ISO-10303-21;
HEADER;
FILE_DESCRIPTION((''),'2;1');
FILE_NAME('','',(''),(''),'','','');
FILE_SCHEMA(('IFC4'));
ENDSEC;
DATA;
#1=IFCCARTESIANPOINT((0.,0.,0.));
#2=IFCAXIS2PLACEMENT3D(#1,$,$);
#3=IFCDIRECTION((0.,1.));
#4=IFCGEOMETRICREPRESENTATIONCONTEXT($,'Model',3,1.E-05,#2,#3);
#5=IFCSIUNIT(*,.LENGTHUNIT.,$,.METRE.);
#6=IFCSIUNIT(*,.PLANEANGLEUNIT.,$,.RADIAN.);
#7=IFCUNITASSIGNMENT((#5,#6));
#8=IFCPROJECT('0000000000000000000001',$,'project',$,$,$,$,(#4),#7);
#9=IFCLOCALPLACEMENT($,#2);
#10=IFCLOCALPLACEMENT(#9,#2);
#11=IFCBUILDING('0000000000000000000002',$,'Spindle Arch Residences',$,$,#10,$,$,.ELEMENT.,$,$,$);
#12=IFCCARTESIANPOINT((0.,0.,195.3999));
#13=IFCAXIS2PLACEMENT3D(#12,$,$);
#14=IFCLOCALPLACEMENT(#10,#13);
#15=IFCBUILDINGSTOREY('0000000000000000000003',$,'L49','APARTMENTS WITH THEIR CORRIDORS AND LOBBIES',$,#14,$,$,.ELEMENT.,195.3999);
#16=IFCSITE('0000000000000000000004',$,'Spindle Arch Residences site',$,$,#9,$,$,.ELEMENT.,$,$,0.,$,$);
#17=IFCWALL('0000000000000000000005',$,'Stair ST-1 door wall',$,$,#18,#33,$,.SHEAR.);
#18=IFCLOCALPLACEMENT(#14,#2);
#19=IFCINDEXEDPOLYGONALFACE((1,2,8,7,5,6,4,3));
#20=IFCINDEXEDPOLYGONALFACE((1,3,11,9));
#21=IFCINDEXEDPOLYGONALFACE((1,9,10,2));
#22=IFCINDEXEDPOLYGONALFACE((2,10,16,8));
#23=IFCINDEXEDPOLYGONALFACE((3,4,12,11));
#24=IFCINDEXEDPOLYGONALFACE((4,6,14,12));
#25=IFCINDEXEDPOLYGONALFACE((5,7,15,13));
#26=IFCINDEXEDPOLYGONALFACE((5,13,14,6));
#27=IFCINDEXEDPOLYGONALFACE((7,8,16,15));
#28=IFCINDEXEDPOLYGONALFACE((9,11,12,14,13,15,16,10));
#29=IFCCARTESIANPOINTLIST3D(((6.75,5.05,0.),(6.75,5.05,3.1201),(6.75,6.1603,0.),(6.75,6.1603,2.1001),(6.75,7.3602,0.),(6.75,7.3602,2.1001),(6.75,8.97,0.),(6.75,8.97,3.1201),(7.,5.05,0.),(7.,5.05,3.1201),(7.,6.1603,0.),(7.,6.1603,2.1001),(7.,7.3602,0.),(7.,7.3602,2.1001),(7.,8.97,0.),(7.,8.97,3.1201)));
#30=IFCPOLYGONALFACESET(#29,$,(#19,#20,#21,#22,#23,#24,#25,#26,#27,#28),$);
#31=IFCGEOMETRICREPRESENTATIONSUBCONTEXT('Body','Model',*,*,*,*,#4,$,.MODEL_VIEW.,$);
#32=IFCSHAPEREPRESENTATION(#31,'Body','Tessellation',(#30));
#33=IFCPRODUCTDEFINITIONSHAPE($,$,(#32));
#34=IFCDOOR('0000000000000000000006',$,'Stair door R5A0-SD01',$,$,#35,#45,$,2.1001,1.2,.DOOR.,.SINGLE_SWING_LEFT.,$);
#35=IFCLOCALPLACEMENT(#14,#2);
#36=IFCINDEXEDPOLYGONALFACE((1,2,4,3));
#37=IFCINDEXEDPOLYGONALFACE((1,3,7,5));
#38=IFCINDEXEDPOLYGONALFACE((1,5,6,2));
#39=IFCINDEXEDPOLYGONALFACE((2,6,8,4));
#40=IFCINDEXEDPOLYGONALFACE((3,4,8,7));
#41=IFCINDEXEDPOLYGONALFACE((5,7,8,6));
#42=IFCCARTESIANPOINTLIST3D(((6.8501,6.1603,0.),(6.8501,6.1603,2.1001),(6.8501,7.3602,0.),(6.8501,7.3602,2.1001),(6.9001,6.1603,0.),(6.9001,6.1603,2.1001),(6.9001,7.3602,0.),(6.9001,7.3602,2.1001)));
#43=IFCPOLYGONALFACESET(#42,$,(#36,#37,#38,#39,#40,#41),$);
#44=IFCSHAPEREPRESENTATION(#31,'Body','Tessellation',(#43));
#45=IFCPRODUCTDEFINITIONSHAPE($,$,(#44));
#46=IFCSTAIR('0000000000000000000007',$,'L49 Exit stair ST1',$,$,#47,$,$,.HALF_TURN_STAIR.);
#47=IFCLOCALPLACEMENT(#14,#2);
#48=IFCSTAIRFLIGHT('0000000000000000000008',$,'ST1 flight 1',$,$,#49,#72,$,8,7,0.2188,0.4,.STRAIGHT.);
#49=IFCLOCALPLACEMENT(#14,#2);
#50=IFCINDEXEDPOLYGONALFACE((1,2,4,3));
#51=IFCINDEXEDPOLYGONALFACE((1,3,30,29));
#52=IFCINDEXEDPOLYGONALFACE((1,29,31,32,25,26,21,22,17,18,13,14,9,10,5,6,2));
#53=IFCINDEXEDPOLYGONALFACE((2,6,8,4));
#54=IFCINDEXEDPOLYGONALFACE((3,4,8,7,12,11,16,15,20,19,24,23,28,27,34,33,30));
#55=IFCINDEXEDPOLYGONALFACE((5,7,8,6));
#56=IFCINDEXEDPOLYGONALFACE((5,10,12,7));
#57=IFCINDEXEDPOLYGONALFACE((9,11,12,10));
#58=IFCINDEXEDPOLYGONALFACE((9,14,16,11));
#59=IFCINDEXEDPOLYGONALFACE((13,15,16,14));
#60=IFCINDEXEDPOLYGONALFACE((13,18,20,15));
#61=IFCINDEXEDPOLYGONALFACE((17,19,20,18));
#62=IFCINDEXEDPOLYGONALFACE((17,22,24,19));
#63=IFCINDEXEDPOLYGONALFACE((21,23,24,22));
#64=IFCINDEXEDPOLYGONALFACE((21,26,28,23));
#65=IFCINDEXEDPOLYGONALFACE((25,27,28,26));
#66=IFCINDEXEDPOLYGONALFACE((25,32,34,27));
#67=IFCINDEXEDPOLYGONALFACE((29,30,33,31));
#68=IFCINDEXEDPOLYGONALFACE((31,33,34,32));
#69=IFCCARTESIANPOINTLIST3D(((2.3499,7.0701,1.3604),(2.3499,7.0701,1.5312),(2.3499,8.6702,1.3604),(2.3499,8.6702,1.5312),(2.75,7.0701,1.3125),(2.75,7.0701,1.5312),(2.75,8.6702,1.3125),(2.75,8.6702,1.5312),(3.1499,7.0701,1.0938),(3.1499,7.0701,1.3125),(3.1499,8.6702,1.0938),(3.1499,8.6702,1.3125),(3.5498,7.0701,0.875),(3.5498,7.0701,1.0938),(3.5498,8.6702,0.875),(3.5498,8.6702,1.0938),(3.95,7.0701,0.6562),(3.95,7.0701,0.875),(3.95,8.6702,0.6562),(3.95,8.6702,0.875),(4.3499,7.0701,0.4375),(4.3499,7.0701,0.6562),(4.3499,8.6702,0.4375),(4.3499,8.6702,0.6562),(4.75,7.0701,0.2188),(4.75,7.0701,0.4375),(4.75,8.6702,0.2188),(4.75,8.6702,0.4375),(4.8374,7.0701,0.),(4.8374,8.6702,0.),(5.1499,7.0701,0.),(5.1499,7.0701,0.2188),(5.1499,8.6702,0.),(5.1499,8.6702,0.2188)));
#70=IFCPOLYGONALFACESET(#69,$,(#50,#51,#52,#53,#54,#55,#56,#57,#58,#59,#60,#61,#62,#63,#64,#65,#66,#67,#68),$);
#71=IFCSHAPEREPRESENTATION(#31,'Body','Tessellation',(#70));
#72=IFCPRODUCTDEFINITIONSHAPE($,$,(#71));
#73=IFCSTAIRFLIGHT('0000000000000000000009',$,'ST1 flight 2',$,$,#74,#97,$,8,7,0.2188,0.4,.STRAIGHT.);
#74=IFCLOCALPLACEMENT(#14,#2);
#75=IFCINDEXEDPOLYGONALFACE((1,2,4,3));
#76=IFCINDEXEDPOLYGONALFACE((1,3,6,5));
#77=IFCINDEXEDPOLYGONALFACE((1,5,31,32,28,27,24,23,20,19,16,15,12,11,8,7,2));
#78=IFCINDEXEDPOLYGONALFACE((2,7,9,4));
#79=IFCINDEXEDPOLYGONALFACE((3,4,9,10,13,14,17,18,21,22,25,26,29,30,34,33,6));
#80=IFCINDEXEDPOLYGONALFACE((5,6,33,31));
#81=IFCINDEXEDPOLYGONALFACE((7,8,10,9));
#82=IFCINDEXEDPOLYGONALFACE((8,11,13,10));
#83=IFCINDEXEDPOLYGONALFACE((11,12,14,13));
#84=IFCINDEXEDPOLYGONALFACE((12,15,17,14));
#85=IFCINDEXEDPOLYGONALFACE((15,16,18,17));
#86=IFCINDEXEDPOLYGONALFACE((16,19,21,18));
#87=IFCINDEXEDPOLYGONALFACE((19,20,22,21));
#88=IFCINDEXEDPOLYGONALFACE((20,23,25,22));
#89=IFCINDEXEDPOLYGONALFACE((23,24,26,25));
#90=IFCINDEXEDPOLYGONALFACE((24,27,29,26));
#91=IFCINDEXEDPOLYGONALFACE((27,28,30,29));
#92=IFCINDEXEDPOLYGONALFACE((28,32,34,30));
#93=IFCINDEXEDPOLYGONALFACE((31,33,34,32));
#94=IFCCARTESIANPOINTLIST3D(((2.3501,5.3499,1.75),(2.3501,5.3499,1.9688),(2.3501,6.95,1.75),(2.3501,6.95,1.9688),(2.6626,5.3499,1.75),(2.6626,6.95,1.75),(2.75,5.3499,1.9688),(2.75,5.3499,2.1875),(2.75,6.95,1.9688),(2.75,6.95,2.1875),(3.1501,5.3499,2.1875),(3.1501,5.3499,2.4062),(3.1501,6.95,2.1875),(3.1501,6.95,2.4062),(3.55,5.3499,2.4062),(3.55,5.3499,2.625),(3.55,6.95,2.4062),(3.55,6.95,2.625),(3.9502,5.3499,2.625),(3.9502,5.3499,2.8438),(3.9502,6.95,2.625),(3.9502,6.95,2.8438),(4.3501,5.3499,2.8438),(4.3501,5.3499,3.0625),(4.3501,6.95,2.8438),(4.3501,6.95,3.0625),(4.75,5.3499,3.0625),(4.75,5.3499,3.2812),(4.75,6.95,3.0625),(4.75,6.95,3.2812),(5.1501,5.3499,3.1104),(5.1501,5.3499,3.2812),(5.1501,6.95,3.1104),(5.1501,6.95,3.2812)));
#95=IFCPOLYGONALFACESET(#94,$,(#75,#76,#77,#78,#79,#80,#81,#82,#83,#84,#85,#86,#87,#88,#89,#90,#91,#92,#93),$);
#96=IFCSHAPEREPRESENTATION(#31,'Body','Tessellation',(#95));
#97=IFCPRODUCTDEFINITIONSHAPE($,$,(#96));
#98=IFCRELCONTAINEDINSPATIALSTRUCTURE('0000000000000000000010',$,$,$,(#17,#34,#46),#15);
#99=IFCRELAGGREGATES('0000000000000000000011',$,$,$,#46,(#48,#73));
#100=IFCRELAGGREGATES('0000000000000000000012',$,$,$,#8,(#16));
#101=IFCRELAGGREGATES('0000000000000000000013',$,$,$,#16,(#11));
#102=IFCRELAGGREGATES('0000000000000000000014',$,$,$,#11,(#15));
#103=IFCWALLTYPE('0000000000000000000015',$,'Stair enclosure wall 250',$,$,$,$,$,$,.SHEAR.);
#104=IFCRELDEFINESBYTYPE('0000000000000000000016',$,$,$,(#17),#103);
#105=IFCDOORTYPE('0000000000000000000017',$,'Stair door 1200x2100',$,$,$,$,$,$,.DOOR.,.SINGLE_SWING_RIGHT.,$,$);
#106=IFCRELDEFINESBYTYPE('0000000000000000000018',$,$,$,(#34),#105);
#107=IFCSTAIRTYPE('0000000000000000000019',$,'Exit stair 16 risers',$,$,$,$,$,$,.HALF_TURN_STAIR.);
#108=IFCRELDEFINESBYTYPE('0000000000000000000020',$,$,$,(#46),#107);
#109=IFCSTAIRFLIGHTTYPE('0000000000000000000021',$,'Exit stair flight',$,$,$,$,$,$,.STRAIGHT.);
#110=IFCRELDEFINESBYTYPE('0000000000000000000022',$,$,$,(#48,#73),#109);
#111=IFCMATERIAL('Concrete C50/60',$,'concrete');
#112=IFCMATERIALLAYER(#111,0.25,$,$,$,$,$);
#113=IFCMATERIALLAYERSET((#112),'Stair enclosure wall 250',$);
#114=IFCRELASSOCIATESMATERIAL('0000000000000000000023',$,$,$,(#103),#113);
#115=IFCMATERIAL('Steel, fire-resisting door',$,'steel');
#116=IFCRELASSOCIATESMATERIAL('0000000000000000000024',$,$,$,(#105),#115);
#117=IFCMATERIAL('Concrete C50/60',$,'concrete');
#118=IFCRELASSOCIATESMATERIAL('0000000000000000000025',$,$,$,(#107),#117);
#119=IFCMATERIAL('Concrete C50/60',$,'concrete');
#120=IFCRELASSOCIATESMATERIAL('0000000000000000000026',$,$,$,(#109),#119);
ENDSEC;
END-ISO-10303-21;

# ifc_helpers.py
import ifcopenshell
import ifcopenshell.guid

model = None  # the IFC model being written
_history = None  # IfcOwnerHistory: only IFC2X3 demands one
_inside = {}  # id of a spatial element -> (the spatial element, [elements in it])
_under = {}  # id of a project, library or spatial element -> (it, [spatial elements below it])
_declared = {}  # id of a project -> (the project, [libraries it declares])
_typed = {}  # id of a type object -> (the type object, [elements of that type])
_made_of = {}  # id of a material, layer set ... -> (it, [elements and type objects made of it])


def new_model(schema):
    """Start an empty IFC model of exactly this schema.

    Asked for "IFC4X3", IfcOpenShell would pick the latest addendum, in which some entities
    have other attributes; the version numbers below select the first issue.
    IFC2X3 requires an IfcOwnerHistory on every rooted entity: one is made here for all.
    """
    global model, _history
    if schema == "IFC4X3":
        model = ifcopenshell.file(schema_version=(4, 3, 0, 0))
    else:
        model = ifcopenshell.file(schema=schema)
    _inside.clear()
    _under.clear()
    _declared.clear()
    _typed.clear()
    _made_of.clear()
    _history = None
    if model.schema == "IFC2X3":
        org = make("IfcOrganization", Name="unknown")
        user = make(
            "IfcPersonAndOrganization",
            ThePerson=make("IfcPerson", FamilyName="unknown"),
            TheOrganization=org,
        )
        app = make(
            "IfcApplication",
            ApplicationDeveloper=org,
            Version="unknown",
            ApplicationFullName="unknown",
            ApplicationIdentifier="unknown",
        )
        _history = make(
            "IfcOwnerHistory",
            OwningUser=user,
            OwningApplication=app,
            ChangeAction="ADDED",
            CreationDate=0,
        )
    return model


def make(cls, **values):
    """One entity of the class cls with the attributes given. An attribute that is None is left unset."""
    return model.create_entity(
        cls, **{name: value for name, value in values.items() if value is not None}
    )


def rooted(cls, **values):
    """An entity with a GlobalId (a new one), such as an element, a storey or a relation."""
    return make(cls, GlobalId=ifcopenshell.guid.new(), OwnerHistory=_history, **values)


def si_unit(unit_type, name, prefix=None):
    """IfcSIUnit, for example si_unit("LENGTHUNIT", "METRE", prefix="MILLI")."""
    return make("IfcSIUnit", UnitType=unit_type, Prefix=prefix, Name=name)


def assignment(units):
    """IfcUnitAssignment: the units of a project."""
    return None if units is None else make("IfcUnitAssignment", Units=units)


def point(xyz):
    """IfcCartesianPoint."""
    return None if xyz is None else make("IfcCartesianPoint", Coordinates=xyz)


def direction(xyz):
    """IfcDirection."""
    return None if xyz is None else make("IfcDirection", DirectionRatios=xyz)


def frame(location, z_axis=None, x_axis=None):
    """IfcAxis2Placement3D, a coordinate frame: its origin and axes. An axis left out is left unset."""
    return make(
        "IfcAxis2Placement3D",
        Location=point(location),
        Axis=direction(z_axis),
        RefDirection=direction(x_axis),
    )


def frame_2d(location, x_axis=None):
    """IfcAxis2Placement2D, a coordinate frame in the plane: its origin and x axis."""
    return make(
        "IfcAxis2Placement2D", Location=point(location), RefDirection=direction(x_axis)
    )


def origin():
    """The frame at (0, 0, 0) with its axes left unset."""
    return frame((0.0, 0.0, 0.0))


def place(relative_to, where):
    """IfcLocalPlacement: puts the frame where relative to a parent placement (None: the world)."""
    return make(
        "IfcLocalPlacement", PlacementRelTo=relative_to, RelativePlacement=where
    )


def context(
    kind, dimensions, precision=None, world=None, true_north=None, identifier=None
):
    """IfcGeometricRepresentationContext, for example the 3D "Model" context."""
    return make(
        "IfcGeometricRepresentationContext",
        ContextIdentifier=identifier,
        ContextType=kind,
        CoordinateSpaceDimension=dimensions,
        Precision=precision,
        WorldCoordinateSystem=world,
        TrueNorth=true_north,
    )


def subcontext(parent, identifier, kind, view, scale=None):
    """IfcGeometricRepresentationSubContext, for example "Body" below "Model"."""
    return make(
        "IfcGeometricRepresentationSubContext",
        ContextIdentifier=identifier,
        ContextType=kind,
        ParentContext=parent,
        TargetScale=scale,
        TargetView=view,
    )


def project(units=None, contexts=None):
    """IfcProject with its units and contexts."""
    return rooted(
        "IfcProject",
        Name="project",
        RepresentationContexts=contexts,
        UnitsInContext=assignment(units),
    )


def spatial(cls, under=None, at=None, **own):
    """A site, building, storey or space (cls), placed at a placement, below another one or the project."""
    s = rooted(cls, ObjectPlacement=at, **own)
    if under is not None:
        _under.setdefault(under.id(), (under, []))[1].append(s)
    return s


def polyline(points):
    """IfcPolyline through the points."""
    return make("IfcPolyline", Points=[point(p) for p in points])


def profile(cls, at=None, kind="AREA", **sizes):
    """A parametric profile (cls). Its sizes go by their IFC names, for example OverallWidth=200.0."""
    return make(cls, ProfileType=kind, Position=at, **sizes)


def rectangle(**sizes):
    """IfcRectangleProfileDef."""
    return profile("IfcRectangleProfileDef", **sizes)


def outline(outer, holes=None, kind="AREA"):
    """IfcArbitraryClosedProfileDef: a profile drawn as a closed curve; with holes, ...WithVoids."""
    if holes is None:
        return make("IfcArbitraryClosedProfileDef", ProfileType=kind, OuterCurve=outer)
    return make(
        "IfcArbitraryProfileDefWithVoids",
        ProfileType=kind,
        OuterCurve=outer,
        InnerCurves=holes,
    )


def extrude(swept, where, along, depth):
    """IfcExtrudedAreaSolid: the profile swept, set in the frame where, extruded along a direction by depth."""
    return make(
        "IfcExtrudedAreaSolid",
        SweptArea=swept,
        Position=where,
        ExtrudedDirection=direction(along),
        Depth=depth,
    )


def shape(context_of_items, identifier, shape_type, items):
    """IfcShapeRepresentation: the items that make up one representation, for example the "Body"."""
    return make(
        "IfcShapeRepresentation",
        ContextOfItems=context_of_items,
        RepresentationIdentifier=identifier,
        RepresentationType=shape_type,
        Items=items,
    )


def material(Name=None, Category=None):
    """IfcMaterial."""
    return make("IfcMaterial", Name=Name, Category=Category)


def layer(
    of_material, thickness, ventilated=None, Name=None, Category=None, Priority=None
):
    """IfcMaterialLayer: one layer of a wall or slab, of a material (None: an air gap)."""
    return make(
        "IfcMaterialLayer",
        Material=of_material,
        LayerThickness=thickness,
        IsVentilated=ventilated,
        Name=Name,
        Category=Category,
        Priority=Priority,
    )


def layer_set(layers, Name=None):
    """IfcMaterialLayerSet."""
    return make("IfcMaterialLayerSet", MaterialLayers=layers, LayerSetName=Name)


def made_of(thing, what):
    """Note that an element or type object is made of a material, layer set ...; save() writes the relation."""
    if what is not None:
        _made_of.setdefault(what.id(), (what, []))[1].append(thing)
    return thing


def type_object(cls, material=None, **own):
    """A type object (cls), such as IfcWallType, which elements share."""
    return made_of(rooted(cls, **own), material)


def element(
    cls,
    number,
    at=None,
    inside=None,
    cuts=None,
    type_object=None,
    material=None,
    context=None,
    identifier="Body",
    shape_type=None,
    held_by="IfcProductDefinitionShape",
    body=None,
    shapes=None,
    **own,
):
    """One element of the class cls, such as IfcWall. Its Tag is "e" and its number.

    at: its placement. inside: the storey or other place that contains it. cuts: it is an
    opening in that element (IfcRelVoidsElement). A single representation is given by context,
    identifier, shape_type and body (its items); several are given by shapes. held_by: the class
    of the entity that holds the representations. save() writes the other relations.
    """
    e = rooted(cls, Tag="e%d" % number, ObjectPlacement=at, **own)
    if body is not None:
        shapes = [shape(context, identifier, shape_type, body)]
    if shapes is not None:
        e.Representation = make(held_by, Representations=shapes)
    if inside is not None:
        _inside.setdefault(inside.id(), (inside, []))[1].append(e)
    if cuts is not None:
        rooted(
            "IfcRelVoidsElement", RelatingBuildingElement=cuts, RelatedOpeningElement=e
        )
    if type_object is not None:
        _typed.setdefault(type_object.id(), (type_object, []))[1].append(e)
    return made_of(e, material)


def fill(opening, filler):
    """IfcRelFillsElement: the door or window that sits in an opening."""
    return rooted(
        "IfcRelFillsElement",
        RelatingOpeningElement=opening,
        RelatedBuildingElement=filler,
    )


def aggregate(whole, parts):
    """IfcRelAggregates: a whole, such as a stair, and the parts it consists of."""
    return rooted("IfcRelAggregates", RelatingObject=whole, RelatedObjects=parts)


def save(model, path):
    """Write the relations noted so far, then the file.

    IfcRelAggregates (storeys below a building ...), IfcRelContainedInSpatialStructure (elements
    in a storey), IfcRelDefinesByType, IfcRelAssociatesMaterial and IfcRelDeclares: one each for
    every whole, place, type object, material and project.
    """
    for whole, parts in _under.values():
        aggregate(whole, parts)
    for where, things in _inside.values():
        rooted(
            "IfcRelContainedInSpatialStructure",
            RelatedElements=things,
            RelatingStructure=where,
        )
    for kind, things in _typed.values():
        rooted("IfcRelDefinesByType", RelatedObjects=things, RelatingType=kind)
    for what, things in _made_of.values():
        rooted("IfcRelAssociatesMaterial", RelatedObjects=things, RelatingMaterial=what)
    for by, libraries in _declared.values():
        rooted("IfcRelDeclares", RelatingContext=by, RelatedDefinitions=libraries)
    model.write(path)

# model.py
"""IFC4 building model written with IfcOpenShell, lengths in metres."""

from ifc_helpers import new_model, si_unit, direction, frame, frame_2d, origin, place, context, subcontext, project, spatial, polyline, rectangle, outline, extrude, material, layer, layer_set, type_object, element, fill, aggregate, save


model = new_model("IFC4")

# Units and contexts
model_context = context("Model", 3, precision=1e-05, world=origin(), true_north=direction((0.0, 1.0)))
body_context = subcontext(model_context, "Body", "Model", "MODEL_VIEW")
ifc_project = project(units=[si_unit("LENGTHUNIT", "METRE"), si_unit("PLANEANGLEUNIT", "RADIAN")], contexts=[model_context])

# Site, building, storey
site_placement = place(None, origin())
site = spatial("IfcSite", under=ifc_project, at=site_placement, Name="Spindle Arch Residences site", CompositionType="ELEMENT", RefElevation=0.0)
building_placement = place(site_placement, origin())
building = spatial("IfcBuilding", under=site, at=building_placement, Name="Spindle Arch Residences", CompositionType="ELEMENT")
storey_placement = place(building_placement, frame((0.0, 0.0, 195.3999)))
storey = spatial("IfcBuildingStorey", under=building, at=storey_placement, Name="L49", Description="APARTMENTS WITH THEIR CORRIDORS AND LOBBIES", CompositionType="ELEMENT", Elevation=195.3999)

# Wall, opening, door
ifc_material_1 = material(Name="Concrete C50/60", Category="concrete")
ifc_layer_1 = layer(ifc_material_1, 0.25)
ifc_layer_set_1 = layer_set([ifc_layer_1], Name="Stair enclosure wall 250")
wall_type_1 = type_object("IfcWallType", Name="Stair enclosure wall 250", PredefinedType="SHEAR", material=ifc_layer_set_1)
wall_1_placement = place(storey_placement, frame((6.875, 5.05, 0.0), z_axis=(0.0, 0.0, 1.0), x_axis=(0.0, 1.0, 0.0)))
wall_1 = element("IfcWall", 1, at=wall_1_placement, inside=storey, type_object=wall_type_1, Name="Stair ST-1 door wall", PredefinedType="SHEAR", context=body_context, shape_type="SweptSolid", body=[
    extrude(rectangle(XDim=3.9199, YDim=0.25, at=frame_2d((1.96, 0.0))), origin(), (0.0, 0.0, 1.0), 3.1201),
])
opening_1_placement = place(wall_1_placement, frame((1.1101, 0.0, 0.0)))
opening_1 = element("IfcOpeningElement", 2, at=opening_1_placement, cuts=wall_1, PredefinedType="OPENING", context=body_context, shape_type="SweptSolid", body=[
    extrude(rectangle(XDim=1.2, YDim=2.1001, at=frame_2d((0.6001, 1.05))), frame((0.0, 0.135, 0.0), z_axis=(0.0, -1.0, 0.0), x_axis=(1.0, 0.0, 0.0)), (0.0, 0.0, 1.0), 0.27),
])
ifc_material_2 = material(Name="Steel, fire-resisting door", Category="steel")
door_type_1 = type_object("IfcDoorType", Name="Stair door 1200x2100", OperationType="SINGLE_SWING_RIGHT", PredefinedType="DOOR", material=ifc_material_2)
door_1_placement = place(opening_1_placement, origin())
door_1 = element("IfcDoor", 3, at=door_1_placement, inside=storey, type_object=door_type_1, Name="Stair door R5A0-SD01", OperationType="SINGLE_SWING_LEFT", OverallHeight=2.1001, OverallWidth=1.2, PredefinedType="DOOR", context=body_context, shape_type="SweptSolid", body=[
    extrude(rectangle(XDim=1.2, YDim=2.1001, at=frame_2d((0.6001, 1.05))), frame((0.0, 0.0249, 0.0), z_axis=(0.0, -1.0, 0.0), x_axis=(1.0, 0.0, 0.0)), (0.0, 0.0, 1.0), 0.05),
])
fill(opening_1, door_1)

# Stair, stair flights
ifc_material_3 = material(Name="Concrete C50/60", Category="concrete")
stair_type = type_object("IfcStairType", Name="Exit stair 16 risers", PredefinedType="HALF_TURN_STAIR", material=ifc_material_3)
stair_placement = place(storey_placement, origin())
stair = element("IfcStair", 4, at=stair_placement, inside=storey, type_object=stair_type, Name="L49 Exit stair ST1", PredefinedType="HALF_TURN_STAIR")
ifc_material_4 = material(Name="Concrete C50/60", Category="concrete")
stair_flight_type = type_object("IfcStairFlightType", Name="Exit stair flight", PredefinedType="STRAIGHT", material=ifc_material_4)
stair_flight_1_placement = place(storey_placement, frame((5.1499, 7.8701, 0.0), z_axis=(0.0, 0.0, 1.0), x_axis=(-1.0, 0.0, 0.0)))
stair_flight_1 = element("IfcStairFlight", 5, at=stair_flight_1_placement, type_object=stair_flight_type, Name="ST1 flight 1", NumberOfRisers=8, NumberOfTreads=7, PredefinedType="STRAIGHT", RiserHeight=0.2188, TreadLength=0.4, context=body_context, shape_type="SweptSolid", body=[
    extrude(outline(polyline([(0.0, 0.0), (0.0, 0.2188), (0.3999, 0.2188), (0.3999, 0.4375), (0.8, 0.4375), (0.8, 0.6562), (1.2, 0.6562), (1.2, 0.875), (1.6001, 0.875), (1.6001, 1.0938), (2.0, 1.0938), (2.0, 1.3125), (2.3999, 1.3125), (2.3999, 1.5312), (2.8, 1.5312), (2.8, 1.75), (2.8, 1.3604), (0.3125, 0.0), (0.0, 0.0)])), frame((0.0, 0.8, 0.0), z_axis=(0.0, -1.0, 0.0), x_axis=(1.0, 0.0, 0.0)), (0.0, 0.0, 1.0), 1.6001),
])
stair_flight_2_placement = place(storey_placement, frame((2.3501, 6.1499, 1.75), z_axis=(0.0, 0.0, 1.0), x_axis=(1.0, 0.0, 0.0)))
stair_flight_2 = element("IfcStairFlight", 6, at=stair_flight_2_placement, type_object=stair_flight_type, Name="ST1 flight 2", NumberOfRisers=8, NumberOfTreads=7, PredefinedType="STRAIGHT", RiserHeight=0.2188, TreadLength=0.4, context=body_context, shape_type="SweptSolid", body=[
    extrude(outline(polyline([(0.0, 0.0), (0.0, 0.2188), (0.3999, 0.2188), (0.3999, 0.4375), (0.8, 0.4375), (0.8, 0.6562), (1.2, 0.6562), (1.2, 0.875), (1.6001, 0.875), (1.6001, 1.0938), (2.0, 1.0938), (2.0, 1.3125), (2.3999, 1.3125), (2.3999, 1.5312), (2.8, 1.5312), (2.8, 1.75), (2.8, 1.3604), (0.3125, 0.0), (0.0, 0.0)])), frame((0.0, 0.8, 0.0), z_axis=(0.0, -1.0, 0.0), x_axis=(1.0, 0.0, 0.0)), (0.0, 0.0, 1.0), 1.6001),
])
aggregate(stair, [stair_flight_1, stair_flight_2])

save(model, "model.ifc")
